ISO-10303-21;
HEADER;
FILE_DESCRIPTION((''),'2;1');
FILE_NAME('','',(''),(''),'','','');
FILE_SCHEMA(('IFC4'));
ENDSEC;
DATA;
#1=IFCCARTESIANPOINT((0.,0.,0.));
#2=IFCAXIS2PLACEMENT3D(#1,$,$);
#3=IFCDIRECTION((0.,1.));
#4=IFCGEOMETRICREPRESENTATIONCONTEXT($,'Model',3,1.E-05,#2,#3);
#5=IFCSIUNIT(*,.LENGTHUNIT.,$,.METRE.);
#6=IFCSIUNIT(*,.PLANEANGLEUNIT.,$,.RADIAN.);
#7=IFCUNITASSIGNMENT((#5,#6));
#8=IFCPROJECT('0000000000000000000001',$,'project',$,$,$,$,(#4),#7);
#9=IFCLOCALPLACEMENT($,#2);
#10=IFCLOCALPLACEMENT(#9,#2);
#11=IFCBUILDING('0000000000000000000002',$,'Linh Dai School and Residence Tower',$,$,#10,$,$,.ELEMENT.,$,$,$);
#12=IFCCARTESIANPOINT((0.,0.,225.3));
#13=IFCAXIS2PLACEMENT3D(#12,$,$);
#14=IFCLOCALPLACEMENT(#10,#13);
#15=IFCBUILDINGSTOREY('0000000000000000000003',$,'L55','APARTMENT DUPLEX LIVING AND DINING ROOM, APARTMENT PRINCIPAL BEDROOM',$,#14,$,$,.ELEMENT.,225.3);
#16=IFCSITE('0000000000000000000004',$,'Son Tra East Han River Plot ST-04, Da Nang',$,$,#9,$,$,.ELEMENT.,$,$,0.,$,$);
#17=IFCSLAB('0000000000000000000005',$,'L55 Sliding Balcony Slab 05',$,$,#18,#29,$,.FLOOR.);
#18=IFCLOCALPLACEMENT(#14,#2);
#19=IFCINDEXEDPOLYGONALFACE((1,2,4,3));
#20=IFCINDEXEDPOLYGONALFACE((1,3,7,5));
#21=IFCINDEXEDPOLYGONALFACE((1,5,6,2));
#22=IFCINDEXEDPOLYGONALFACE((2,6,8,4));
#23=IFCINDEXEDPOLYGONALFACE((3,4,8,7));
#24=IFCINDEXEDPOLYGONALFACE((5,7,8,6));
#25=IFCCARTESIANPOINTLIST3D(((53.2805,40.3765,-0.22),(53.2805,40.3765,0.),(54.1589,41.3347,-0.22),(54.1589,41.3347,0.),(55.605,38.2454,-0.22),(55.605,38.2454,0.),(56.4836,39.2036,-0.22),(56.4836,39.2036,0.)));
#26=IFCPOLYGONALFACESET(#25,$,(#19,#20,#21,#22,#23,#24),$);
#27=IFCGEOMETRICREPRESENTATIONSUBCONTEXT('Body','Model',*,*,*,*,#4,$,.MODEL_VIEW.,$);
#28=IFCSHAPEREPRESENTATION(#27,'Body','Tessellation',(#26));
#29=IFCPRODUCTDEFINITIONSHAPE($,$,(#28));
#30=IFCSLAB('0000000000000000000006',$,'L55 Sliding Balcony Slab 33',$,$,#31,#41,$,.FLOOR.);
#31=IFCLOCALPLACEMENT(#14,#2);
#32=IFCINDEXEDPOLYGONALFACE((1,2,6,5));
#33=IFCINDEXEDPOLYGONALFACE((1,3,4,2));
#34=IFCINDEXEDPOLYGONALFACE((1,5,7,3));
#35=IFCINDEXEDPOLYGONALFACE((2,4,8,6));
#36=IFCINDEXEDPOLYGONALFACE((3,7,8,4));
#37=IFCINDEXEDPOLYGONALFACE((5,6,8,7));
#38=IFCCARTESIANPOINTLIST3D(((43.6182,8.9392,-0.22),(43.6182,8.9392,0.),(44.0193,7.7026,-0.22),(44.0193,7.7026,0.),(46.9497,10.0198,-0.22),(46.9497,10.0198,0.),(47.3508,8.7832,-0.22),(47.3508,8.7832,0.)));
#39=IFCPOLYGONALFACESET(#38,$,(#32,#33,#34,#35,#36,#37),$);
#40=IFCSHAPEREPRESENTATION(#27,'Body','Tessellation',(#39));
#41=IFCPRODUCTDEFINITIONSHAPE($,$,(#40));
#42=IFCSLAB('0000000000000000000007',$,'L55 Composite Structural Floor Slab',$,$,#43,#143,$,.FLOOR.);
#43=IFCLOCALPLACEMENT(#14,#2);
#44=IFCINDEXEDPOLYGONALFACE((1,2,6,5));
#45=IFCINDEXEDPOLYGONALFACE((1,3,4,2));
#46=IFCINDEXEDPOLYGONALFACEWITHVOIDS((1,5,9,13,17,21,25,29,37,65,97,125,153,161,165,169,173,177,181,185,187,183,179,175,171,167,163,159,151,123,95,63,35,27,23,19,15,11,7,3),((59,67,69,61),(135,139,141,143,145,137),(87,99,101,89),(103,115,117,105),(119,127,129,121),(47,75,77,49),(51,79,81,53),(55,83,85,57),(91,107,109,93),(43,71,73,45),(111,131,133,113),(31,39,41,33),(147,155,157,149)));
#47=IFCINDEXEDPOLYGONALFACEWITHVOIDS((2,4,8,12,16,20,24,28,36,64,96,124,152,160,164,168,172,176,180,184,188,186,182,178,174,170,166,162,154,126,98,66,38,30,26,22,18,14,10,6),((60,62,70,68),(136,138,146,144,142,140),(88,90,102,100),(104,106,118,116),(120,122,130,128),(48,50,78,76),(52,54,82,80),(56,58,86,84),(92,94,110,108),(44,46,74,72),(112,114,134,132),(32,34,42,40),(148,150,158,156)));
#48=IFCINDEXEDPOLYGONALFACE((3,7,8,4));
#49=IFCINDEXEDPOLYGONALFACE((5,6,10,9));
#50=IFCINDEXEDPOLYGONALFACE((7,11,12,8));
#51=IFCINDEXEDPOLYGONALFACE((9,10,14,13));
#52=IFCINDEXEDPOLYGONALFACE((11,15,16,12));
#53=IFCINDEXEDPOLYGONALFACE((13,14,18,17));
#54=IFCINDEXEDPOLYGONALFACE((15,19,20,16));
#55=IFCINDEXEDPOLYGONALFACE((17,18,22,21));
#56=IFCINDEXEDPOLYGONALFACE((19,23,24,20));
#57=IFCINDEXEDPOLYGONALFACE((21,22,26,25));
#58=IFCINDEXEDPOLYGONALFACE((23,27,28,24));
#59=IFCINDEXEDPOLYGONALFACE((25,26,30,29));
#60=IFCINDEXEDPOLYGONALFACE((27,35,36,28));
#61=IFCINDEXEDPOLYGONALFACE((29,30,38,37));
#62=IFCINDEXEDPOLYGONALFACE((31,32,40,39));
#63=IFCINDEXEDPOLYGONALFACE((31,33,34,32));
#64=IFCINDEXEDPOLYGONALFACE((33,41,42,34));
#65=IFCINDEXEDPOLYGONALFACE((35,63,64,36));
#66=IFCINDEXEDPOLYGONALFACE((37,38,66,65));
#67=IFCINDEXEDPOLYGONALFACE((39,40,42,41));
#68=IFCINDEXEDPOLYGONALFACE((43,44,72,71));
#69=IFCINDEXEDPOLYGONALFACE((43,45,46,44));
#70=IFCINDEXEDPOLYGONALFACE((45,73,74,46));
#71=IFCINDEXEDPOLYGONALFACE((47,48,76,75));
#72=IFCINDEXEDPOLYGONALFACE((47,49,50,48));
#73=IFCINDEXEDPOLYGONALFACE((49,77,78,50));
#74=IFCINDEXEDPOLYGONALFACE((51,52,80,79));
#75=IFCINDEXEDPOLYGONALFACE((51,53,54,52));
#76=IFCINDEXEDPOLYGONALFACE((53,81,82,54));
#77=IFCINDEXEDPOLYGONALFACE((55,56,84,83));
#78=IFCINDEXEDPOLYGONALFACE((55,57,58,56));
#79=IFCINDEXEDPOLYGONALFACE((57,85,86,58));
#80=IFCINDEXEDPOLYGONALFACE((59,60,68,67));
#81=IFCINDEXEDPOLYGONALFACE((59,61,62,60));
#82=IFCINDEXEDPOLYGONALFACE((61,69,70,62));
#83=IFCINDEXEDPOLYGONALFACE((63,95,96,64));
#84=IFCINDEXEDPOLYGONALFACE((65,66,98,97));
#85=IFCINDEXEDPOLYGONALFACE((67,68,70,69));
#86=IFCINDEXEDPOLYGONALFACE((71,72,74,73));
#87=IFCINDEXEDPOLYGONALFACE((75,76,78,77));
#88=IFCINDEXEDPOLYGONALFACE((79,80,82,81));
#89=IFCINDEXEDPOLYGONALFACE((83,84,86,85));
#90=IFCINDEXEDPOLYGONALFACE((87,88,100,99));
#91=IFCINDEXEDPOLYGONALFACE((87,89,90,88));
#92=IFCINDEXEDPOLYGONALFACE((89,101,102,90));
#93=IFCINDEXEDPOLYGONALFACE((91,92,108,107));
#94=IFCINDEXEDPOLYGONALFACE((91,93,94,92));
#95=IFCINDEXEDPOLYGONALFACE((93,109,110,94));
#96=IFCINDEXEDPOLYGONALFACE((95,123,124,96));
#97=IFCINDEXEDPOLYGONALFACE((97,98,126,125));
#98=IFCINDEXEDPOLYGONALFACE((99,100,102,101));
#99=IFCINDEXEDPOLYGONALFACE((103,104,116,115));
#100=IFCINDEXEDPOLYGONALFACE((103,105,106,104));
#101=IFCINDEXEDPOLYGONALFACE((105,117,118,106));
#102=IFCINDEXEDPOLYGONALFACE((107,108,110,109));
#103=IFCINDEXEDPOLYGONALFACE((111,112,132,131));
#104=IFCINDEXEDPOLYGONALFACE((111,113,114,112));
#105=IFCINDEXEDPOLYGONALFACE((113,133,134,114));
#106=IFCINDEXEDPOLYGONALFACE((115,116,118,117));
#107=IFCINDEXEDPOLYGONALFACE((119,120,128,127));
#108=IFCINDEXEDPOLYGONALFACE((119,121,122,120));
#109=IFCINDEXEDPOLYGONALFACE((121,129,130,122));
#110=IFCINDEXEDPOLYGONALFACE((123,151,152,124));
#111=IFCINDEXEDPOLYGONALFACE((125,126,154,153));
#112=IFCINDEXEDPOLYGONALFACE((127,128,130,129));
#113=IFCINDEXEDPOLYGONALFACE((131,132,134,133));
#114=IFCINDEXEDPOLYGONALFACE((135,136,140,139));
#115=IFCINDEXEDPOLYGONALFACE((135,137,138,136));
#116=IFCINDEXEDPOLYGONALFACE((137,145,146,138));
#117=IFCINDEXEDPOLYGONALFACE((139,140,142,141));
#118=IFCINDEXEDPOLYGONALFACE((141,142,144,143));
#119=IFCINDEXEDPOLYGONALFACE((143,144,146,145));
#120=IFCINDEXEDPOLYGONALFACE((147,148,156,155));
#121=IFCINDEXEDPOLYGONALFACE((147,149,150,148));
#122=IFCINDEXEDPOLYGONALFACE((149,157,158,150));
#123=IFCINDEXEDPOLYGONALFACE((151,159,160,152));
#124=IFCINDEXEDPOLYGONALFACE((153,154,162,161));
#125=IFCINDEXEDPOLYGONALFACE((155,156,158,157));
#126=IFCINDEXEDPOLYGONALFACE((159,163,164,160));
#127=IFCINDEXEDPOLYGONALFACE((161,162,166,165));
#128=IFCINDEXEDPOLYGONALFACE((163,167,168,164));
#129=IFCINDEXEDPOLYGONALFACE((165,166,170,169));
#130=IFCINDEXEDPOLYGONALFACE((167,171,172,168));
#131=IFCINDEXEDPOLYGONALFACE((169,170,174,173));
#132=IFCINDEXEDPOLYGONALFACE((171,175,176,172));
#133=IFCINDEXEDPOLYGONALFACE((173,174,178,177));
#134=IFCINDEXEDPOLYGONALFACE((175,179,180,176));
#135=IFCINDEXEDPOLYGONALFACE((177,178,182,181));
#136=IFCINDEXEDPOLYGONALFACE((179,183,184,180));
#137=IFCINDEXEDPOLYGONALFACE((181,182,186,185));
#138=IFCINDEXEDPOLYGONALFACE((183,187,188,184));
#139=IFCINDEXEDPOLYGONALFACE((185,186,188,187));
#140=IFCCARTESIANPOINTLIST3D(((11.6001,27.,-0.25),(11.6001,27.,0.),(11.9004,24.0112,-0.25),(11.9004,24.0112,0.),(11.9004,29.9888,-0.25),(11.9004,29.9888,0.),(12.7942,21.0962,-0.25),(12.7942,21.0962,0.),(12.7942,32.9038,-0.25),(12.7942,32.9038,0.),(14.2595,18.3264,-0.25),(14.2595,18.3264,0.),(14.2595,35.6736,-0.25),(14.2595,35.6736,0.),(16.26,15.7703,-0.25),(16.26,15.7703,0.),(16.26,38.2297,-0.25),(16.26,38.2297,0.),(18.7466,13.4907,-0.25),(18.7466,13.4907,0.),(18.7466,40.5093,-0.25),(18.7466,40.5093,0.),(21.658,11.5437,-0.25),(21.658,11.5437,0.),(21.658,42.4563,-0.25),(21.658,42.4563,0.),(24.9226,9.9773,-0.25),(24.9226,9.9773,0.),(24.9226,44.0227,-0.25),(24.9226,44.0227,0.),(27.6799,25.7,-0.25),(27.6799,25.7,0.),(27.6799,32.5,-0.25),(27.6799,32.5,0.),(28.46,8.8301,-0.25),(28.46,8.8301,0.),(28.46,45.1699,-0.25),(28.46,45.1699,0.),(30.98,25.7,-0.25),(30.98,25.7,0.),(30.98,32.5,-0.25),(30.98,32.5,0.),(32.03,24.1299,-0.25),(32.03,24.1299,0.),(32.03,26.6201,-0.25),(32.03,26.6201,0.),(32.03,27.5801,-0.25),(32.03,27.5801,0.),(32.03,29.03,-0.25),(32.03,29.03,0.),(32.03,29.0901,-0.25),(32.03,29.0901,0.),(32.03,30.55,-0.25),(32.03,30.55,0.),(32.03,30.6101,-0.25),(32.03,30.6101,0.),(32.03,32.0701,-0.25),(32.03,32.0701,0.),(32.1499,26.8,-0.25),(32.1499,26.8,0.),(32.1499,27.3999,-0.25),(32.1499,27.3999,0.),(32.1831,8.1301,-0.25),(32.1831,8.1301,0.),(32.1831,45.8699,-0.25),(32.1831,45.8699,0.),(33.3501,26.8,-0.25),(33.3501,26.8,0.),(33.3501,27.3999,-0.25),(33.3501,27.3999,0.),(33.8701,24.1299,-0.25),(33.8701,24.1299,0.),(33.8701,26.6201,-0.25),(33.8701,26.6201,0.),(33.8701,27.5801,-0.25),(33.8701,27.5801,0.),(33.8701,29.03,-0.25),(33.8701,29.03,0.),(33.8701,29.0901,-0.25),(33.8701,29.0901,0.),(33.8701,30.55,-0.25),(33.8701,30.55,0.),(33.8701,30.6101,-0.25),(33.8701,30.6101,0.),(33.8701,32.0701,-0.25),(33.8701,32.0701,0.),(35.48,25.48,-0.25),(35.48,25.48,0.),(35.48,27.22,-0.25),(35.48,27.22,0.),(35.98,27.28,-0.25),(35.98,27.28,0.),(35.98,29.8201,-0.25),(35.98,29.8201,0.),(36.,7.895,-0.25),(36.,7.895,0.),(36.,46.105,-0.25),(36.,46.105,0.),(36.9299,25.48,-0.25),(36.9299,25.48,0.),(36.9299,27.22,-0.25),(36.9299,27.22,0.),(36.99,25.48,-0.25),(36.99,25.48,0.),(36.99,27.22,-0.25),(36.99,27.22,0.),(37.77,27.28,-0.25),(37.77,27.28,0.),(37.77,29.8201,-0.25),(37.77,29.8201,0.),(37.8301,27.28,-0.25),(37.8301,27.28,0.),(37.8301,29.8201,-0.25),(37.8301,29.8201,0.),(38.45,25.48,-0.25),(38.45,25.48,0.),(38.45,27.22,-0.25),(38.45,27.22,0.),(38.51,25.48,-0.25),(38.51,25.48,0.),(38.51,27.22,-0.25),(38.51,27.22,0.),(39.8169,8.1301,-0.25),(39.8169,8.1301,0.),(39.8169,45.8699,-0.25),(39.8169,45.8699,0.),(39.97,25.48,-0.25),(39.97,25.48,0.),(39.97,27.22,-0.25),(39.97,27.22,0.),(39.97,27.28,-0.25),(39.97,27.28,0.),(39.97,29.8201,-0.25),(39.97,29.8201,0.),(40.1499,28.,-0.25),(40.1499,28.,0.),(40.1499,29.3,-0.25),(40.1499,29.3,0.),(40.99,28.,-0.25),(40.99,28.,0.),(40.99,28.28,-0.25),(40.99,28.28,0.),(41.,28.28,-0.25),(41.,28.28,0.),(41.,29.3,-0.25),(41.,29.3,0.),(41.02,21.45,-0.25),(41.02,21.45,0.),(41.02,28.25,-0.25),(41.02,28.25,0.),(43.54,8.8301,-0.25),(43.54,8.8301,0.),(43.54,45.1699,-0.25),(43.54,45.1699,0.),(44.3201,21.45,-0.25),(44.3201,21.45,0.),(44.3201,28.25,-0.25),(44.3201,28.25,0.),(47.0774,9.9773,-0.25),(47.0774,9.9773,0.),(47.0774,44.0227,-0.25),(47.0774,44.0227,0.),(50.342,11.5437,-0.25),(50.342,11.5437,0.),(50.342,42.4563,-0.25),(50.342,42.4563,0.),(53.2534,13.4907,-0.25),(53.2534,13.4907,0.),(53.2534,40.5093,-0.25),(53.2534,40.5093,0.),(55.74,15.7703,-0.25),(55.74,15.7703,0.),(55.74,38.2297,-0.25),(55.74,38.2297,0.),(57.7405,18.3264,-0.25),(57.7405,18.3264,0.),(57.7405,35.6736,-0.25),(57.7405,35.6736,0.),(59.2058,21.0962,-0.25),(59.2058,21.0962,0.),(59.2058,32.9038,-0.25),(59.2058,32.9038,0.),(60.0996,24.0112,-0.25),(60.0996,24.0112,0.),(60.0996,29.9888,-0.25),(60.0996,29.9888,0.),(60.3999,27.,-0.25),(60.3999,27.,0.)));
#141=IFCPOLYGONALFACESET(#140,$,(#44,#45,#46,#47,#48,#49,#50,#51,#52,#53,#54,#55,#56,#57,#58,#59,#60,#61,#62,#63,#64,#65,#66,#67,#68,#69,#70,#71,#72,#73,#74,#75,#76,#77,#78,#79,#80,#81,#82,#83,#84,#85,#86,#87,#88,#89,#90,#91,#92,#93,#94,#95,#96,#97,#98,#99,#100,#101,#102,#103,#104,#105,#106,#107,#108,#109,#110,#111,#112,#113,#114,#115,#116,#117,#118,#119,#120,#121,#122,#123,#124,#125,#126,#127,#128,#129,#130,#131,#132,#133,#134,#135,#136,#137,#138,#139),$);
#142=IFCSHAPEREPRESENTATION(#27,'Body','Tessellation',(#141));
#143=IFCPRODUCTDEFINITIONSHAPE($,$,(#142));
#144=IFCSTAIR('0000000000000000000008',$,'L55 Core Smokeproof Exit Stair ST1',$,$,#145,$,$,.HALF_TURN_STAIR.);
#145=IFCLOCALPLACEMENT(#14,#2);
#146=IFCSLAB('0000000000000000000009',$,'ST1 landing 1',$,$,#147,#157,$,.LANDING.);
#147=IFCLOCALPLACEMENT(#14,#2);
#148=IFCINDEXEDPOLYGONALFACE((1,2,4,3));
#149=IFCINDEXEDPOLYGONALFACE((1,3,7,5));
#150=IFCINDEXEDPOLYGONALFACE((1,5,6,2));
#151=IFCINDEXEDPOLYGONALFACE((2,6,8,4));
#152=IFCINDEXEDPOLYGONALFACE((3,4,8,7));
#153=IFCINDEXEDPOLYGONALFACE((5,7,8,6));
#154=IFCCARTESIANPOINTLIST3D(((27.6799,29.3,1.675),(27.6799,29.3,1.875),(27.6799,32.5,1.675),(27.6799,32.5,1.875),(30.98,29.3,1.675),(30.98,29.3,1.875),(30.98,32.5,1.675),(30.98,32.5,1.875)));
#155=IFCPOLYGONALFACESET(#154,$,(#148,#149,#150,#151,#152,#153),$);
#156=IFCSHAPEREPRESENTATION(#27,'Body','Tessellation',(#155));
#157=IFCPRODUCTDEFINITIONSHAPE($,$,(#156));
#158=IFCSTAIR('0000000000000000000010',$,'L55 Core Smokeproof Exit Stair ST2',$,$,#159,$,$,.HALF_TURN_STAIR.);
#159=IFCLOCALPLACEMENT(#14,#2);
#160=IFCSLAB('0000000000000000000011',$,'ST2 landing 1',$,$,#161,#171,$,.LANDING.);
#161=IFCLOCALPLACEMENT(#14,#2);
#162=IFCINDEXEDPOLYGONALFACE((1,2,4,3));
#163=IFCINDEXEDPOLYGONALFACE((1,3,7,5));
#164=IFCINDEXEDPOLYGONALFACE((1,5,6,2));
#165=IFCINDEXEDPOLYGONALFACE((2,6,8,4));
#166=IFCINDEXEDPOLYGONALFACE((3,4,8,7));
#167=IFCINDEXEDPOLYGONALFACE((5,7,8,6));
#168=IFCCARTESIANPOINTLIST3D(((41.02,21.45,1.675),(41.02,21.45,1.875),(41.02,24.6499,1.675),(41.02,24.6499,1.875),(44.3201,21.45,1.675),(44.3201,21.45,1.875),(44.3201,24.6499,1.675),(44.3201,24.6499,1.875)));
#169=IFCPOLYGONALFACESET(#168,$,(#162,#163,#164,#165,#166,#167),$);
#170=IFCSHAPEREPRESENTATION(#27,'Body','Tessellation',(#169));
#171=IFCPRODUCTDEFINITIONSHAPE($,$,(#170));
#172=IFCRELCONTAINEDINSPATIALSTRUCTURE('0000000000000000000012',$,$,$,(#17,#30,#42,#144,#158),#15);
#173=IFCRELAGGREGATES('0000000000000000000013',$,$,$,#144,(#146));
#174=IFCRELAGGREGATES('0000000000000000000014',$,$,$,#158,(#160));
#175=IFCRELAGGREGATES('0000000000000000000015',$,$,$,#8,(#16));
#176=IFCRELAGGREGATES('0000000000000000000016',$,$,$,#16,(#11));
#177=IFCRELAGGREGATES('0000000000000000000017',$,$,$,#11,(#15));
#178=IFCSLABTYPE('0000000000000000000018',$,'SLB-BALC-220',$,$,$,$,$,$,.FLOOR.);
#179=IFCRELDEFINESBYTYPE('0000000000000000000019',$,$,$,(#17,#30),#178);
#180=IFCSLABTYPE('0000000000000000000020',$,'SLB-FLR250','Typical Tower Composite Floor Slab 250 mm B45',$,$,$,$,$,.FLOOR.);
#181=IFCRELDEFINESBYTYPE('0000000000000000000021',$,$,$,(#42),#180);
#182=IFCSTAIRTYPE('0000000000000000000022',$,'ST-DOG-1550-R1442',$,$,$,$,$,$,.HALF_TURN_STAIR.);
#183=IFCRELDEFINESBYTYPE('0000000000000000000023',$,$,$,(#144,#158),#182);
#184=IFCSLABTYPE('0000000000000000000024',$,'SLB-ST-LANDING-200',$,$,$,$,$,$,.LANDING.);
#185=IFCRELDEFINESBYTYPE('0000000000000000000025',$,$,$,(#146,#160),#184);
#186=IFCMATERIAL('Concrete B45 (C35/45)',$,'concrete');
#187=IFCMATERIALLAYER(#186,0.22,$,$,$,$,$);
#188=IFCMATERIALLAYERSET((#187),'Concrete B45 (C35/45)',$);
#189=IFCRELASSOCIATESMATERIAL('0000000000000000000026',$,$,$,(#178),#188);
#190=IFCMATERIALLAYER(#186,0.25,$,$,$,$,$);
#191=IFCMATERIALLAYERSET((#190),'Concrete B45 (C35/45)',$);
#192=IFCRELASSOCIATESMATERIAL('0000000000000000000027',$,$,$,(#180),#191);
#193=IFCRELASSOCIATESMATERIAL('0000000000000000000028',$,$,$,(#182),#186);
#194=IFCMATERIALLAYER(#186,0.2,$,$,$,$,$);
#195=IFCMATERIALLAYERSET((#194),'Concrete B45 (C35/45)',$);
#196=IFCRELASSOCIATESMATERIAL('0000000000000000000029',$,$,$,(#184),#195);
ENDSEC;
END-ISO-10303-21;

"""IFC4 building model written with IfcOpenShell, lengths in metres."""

from ifc_helpers import new_model, si_unit, direction, frame, origin, place, context, subcontext, project, spatial, polyline, outline, extrude, material, layer, layer_set, type_object, element, aggregate, save


model = new_model("IFC4")

# Units and contexts
model_context = context("Model", 3, precision=1e-05, world=origin(), true_north=direction((0.0, 1.0)))
body_context = subcontext(model_context, "Body", "Model", "MODEL_VIEW")
ifc_project = project(units=[si_unit("LENGTHUNIT", "METRE"), si_unit("PLANEANGLEUNIT", "RADIAN")], contexts=[model_context])

# Site, building, storey
site_placement = place(None, origin())
site = spatial("IfcSite", under=ifc_project, at=site_placement, Name="Son Tra East Han River Plot ST-04, Da Nang", CompositionType="ELEMENT", RefElevation=0.0)
building_placement = place(site_placement, origin())
building = spatial("IfcBuilding", under=site, at=building_placement, Name="Linh Dai School and Residence Tower", CompositionType="ELEMENT")
storey_placement = place(building_placement, frame((0.0, 0.0, 225.3)))
storey = spatial("IfcBuildingStorey", under=building, at=storey_placement, Name="L55", Description="APARTMENT DUPLEX LIVING AND DINING ROOM, APARTMENT PRINCIPAL BEDROOM", CompositionType="ELEMENT", Elevation=225.3)

# Slabs
ifc_material_1 = material(Name="Concrete B45 (C35/45)", Category="concrete")
ifc_layer_1 = layer(ifc_material_1, 0.22)
ifc_layer_set_1 = layer_set([ifc_layer_1], Name="Concrete B45 (C35/45)")
slab_type_1 = type_object("IfcSlabType", Name="SLB-BALC-220", PredefinedType="FLOOR", material=ifc_layer_set_1)
slab_1_placement = place(storey_placement, frame((0.0, 0.0, -0.22)))
element("IfcSlab", 1, at=slab_1_placement, inside=storey, type_object=slab_type_1, Name="L55 Sliding Balcony Slab 05", PredefinedType="FLOOR", context=body_context, shape_type="SweptSolid", body=[
    extrude(outline(polyline([(53.2805, 40.3765), (55.605, 38.2454), (56.4836, 39.2036), (54.1589, 41.3347), (53.2805, 40.3765)])), origin(), (0.0, 0.0, 1.0), 0.22),
])
slab_2_placement = place(storey_placement, frame((0.0, 0.0, -0.22)))
element("IfcSlab", 2, at=slab_2_placement, inside=storey, type_object=slab_type_1, Name="L55 Sliding Balcony Slab 33", PredefinedType="FLOOR", context=body_context, shape_type="SweptSolid", body=[
    extrude(outline(polyline([(46.9497, 10.0198), (43.6182, 8.9392), (44.0193, 7.7026), (47.3508, 8.7832), (46.9497, 10.0198)])), origin(), (0.0, 0.0, 1.0), 0.22),
])
ifc_layer_2 = layer(ifc_material_1, 0.25)
ifc_layer_set_2 = layer_set([ifc_layer_2], Name="Concrete B45 (C35/45)")
slab_type_2 = type_object("IfcSlabType", Name="SLB-FLR250", Description="Typical Tower Composite Floor Slab 250 mm B45", PredefinedType="FLOOR", material=ifc_layer_set_2)
slab_3_placement = place(storey_placement, frame((0.0, 0.0, -0.25)))
element("IfcSlab", 3, at=slab_3_placement, inside=storey, type_object=slab_type_2, Name="L55 Composite Structural Floor Slab", PredefinedType="FLOOR", context=body_context, shape_type="SweptSolid", body=[
    extrude(outline(polyline([(60.3999, 27.0), (60.0996, 29.9888), (59.2058, 32.9038), (57.7405, 35.6736), (55.74, 38.2297), (53.2534, 40.5093), (50.342, 42.4563), (47.0774, 44.0227), (43.54, 45.1699), (39.8169, 45.8699), (36.0, 46.105), (32.1831, 45.8699), (28.46, 45.1699), (24.9226, 44.0227), (21.658, 42.4563), (18.7466, 40.5093), (16.26, 38.2297), (14.2595, 35.6736), (12.7942, 32.9038), (11.9004, 29.9888), (11.6001, 27.0), (11.9004, 24.0112), (12.7942, 21.0962), (14.2595, 18.3264), (16.26, 15.7703), (18.7466, 13.4907), (21.658, 11.5437), (24.9226, 9.9773), (28.46, 8.8301), (32.1831, 8.1301), (36.0, 7.895), (39.8169, 8.1301), (43.54, 8.8301), (47.0774, 9.9773), (50.342, 11.5437), (53.2534, 13.4907), (55.74, 15.7703), (57.7405, 18.3264), (59.2058, 21.0962), (60.0996, 24.0112), (60.3999, 27.0)]), holes=[polyline([(30.98, 25.7), (30.98, 32.5), (27.6799, 32.5), (27.6799, 25.7), (30.98, 25.7)]), polyline([(41.02, 28.25), (41.02, 21.45), (44.3201, 21.45), (44.3201, 28.25), (41.02, 28.25)]), polyline([(35.98, 27.28), (37.77, 27.28), (37.77, 29.8201), (35.98, 29.8201), (35.98, 27.28)]), polyline([(32.03, 24.1299), (33.8701, 24.1299), (33.8701, 26.6201), (32.03, 26.6201), (32.03, 24.1299)]), polyline([(37.8301, 27.28), (39.97, 27.28), (39.97, 29.8201), (37.8301, 29.8201), (37.8301, 27.28)]), polyline([(32.03, 27.5801), (33.8701, 27.5801), (33.8701, 29.03), (32.03, 29.03), (32.03, 27.5801)]), polyline([(32.03, 29.0901), (33.8701, 29.0901), (33.8701, 30.55), (32.03, 30.55), (32.03, 29.0901)]), polyline([(32.03, 30.6101), (33.8701, 30.6101), (33.8701, 32.0701), (32.03, 32.0701), (32.03, 30.6101)]), polyline([(35.48, 25.48), (36.9299, 25.48), (36.9299, 27.22), (35.48, 27.22), (35.48, 25.48)]), polyline([(36.99, 25.48), (38.45, 25.48), (38.45, 27.22), (36.99, 27.22), (36.99, 25.48)]), polyline([(38.51, 25.48), (39.97, 25.48), (39.97, 27.22), (38.51, 27.22), (38.51, 25.48)]), polyline([(40.1499, 28.0), (40.1499, 29.3), (41.0, 29.3), (41.0, 28.28), (40.99, 28.28), (40.99, 28.0), (40.1499, 28.0)]), polyline([(32.1499, 26.8), (33.3501, 26.8), (33.3501, 27.3999), (32.1499, 27.3999), (32.1499, 26.8)])]), origin(), (0.0, 0.0, 1.0), 0.25),
])

# Stairs, slabs
stair_type = type_object("IfcStairType", Name="ST-DOG-1550-R1442", PredefinedType="HALF_TURN_STAIR", material=ifc_material_1)
stair_1_placement = place(storey_placement, origin())
stair_1 = element("IfcStair", 4, at=stair_1_placement, inside=storey, type_object=stair_type, Name="L55 Core Smokeproof Exit Stair ST1", PredefinedType="HALF_TURN_STAIR")
ifc_layer_3 = layer(ifc_material_1, 0.2)
ifc_layer_set_3 = layer_set([ifc_layer_3], Name="Concrete B45 (C35/45)")
slab_type_3 = type_object("IfcSlabType", Name="SLB-ST-LANDING-200", PredefinedType="LANDING", material=ifc_layer_set_3)
slab_4_placement = place(storey_placement, frame((0.0, 0.0, 1.675)))
slab_4 = element("IfcSlab", 5, at=slab_4_placement, type_object=slab_type_3, Name="ST1 landing 1", PredefinedType="LANDING", context=body_context, shape_type="SweptSolid", body=[
    extrude(outline(polyline([(30.98, 29.3), (30.98, 32.5), (27.6799, 32.5), (27.6799, 29.3), (30.98, 29.3)])), origin(), (0.0, 0.0, 1.0), 0.2),
])
aggregate(stair_1, [slab_4])
stair_2_placement = place(storey_placement, origin())
stair_2 = element("IfcStair", 6, at=stair_2_placement, inside=storey, type_object=stair_type, Name="L55 Core Smokeproof Exit Stair ST2", PredefinedType="HALF_TURN_STAIR")
slab_5_placement = place(storey_placement, frame((0.0, 0.0, 1.675)))
slab_5 = element("IfcSlab", 7, at=slab_5_placement, type_object=slab_type_3, Name="ST2 landing 1", PredefinedType="LANDING", context=body_context, shape_type="SweptSolid", body=[
    extrude(outline(polyline([(41.02, 24.6499), (41.02, 21.45), (44.3201, 21.45), (44.3201, 24.6499), (41.02, 24.6499)])), origin(), (0.0, 0.0, 1.0), 0.2),
])
aggregate(stair_2, [slab_5])

save(model, "model.ifc")
